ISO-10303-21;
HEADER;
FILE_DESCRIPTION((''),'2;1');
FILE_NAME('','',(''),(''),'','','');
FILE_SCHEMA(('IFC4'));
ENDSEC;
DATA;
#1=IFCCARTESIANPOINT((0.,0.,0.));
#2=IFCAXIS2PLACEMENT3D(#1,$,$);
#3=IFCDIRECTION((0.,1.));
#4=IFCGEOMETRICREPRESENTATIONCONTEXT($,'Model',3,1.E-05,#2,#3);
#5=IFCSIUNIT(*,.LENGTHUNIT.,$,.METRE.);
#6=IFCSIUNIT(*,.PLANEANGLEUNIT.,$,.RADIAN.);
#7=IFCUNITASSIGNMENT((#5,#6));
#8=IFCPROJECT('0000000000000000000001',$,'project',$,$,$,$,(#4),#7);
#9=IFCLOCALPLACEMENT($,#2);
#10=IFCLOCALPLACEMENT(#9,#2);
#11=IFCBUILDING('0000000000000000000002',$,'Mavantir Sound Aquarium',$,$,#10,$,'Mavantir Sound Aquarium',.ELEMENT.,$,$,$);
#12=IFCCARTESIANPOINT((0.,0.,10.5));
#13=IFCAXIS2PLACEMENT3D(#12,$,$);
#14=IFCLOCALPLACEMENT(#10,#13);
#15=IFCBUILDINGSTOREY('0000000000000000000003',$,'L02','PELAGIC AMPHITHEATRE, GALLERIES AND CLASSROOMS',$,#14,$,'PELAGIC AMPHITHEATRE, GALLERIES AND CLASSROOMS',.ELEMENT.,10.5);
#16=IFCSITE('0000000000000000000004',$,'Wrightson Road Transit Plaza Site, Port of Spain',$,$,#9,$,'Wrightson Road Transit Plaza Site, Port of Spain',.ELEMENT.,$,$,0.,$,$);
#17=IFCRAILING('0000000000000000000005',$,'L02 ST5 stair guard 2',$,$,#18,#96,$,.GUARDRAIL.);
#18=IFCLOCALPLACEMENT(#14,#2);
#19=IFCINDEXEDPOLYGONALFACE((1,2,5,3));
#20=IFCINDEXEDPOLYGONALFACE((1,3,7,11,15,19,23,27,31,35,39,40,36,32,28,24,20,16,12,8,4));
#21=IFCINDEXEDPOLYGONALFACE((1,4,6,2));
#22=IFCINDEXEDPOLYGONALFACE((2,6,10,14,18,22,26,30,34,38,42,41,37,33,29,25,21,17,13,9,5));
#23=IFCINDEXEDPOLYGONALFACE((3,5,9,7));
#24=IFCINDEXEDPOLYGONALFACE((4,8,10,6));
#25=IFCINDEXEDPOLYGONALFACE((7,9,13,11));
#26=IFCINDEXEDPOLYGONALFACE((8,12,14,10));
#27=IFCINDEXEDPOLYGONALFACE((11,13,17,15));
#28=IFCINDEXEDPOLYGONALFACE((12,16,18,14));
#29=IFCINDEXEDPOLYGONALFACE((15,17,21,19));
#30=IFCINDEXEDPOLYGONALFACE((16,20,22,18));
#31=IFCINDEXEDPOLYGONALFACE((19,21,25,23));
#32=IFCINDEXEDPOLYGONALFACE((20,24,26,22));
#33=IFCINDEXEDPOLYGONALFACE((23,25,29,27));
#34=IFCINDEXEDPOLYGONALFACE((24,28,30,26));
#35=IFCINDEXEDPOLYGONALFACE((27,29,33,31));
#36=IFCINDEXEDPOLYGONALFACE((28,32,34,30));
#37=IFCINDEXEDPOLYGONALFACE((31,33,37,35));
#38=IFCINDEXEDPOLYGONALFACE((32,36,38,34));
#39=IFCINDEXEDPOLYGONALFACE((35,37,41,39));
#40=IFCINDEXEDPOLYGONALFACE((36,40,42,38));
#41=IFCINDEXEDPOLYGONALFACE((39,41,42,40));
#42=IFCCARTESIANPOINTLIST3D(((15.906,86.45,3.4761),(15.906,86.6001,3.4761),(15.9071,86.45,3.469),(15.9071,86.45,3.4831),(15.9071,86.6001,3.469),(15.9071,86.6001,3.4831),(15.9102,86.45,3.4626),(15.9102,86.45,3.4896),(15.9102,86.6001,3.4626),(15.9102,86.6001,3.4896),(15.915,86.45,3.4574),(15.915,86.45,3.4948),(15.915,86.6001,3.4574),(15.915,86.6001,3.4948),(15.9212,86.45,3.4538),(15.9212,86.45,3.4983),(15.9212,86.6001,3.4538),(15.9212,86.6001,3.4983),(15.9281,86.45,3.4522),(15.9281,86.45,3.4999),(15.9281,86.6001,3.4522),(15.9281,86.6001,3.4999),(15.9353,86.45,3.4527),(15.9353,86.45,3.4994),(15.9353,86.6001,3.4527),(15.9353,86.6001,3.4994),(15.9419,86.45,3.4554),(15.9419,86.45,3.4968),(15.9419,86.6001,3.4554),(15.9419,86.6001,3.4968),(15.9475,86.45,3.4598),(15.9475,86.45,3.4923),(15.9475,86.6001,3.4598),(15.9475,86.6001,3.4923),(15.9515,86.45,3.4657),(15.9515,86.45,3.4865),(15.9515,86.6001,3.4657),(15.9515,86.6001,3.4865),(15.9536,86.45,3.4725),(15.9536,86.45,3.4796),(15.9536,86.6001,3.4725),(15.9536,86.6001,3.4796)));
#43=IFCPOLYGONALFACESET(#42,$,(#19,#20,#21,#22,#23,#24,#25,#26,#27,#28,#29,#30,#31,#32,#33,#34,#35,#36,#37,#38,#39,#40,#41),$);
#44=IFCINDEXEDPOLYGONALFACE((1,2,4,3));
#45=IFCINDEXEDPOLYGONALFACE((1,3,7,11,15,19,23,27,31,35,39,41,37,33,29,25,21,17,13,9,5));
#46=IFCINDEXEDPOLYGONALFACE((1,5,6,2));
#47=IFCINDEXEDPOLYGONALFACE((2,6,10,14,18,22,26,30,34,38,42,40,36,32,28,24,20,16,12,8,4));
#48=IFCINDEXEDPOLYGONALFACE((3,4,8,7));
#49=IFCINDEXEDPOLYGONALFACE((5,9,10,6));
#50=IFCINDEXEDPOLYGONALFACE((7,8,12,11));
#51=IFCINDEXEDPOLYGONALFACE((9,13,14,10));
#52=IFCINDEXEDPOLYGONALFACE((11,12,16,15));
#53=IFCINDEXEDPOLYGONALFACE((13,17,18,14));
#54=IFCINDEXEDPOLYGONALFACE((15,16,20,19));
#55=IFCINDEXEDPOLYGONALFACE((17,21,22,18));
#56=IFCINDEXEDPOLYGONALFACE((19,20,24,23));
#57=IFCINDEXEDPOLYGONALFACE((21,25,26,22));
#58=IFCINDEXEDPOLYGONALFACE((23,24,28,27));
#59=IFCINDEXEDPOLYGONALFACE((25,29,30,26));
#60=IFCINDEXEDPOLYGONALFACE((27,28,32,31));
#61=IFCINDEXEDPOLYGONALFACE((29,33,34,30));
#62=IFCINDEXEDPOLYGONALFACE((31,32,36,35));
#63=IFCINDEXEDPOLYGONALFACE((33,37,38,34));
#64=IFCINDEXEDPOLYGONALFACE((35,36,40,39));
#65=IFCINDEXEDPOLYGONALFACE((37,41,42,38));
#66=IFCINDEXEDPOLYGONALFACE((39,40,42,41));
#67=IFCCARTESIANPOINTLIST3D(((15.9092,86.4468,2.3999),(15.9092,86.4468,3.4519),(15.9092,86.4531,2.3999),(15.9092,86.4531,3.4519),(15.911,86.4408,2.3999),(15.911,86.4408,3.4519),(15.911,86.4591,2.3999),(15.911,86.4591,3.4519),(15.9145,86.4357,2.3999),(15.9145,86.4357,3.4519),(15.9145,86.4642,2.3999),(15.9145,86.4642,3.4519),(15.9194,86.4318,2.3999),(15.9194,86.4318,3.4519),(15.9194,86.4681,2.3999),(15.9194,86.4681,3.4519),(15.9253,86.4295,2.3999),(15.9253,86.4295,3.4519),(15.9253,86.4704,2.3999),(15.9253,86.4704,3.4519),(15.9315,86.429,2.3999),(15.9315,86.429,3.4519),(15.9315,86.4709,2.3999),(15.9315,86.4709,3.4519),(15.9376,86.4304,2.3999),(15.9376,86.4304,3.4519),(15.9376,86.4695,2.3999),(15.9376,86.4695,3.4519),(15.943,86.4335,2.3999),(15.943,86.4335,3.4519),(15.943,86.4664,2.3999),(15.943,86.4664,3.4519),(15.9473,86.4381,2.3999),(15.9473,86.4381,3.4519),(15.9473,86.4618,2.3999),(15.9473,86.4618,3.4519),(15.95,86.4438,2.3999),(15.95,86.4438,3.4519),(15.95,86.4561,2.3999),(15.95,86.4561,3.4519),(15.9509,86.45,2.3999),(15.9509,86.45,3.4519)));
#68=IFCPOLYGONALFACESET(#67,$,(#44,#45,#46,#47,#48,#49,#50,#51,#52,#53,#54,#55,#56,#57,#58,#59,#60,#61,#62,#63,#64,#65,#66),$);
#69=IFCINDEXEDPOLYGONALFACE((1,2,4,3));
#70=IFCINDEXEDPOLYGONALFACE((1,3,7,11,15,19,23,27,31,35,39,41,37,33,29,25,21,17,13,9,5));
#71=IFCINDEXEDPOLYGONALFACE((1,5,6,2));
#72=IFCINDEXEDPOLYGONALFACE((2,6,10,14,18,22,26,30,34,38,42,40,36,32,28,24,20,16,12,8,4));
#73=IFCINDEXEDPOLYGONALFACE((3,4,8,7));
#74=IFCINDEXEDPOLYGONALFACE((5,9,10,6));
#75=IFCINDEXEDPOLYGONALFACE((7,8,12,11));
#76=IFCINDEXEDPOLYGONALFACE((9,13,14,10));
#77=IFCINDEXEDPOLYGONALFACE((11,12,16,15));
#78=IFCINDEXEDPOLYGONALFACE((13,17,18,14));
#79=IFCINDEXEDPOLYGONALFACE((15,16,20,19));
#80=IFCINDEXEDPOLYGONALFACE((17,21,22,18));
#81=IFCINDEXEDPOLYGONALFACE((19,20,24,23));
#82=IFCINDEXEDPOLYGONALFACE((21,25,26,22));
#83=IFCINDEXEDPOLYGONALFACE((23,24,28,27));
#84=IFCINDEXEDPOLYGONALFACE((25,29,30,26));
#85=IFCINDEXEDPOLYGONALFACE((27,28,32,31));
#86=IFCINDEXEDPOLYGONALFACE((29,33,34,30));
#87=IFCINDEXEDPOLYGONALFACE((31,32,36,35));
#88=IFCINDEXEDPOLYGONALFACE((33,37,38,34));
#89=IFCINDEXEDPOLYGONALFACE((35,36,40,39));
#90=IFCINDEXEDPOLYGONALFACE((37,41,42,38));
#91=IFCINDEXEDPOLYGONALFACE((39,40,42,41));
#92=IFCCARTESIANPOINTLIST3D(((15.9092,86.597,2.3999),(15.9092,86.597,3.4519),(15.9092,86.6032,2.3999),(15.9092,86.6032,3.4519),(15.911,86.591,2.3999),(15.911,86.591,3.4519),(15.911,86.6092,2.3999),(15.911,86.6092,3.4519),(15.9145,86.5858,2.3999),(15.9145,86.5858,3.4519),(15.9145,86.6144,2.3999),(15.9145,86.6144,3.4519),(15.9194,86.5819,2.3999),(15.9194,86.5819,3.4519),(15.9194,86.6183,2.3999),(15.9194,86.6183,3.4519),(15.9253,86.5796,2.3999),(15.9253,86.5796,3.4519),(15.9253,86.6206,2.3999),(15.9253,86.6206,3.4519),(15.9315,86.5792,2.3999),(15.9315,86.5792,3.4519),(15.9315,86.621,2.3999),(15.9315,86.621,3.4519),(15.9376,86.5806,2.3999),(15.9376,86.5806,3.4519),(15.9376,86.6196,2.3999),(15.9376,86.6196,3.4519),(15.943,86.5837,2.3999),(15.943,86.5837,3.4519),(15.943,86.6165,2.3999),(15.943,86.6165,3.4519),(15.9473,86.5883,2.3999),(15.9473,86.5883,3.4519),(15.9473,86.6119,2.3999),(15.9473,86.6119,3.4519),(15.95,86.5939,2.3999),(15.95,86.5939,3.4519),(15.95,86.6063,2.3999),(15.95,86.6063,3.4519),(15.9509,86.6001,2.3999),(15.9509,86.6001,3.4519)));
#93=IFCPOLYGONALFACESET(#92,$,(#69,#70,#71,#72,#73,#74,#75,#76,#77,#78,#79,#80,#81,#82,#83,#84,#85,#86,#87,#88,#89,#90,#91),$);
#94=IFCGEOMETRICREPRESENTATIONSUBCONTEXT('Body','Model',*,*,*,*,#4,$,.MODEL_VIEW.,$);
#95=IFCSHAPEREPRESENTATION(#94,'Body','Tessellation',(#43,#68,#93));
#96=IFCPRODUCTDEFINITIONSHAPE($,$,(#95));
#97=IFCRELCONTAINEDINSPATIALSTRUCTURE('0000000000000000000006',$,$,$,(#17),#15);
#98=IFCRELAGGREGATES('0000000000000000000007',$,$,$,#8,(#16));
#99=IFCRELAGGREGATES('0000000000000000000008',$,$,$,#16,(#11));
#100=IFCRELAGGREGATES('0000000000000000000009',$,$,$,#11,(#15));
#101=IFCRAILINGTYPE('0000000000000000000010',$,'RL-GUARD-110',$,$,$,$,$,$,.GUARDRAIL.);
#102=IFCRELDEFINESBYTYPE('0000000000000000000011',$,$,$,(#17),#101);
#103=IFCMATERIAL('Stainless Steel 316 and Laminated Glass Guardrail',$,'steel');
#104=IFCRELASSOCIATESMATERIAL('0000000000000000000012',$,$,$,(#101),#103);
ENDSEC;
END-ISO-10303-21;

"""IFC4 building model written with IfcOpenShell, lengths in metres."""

from ifc_helpers import new_model, si_unit, direction, frame, origin, origin_2d, place, context, subcontext, project, spatial, circle, extrude, material, type_object, element, save


model = new_model("IFC4")

# Units and contexts
model_context = context("Model", 3, precision=1e-05, world=origin(), true_north=direction((0.0, 1.0)))
body_context = subcontext(model_context, "Body", "Model", "MODEL_VIEW")
ifc_project = project(units=[si_unit("LENGTHUNIT", "METRE"), si_unit("PLANEANGLEUNIT", "RADIAN")], contexts=[model_context])

# Site, building, storey
site_placement = place(None, origin())
site = spatial("IfcSite", under=ifc_project, at=site_placement, Name="Wrightson Road Transit Plaza Site, Port of Spain", LongName="Wrightson Road Transit Plaza Site, Port of Spain", CompositionType="ELEMENT", RefElevation=0.0)
building_placement = place(site_placement, origin())
building = spatial("IfcBuilding", under=site, at=building_placement, Name="Mavantir Sound Aquarium", LongName="Mavantir Sound Aquarium", CompositionType="ELEMENT")
storey_placement = place(building_placement, frame((0.0, 0.0, 10.5)))
storey = spatial("IfcBuildingStorey", under=building, at=storey_placement, Name="L02", Description="PELAGIC AMPHITHEATRE, GALLERIES AND CLASSROOMS", LongName="PELAGIC AMPHITHEATRE, GALLERIES AND CLASSROOMS", CompositionType="ELEMENT", Elevation=10.5)

# Railing
ifc_material_1 = material(Name="Stainless Steel 316 and Laminated Glass Guardrail", Category="steel")
railing_type_1 = type_object("IfcRailingType", Name="RL-GUARD-110", PredefinedType="GUARDRAIL", material=ifc_material_1)
railing_1_placement = place(storey_placement, frame((15.9299, 86.45, 2.3999)))
element("IfcRailing", 1, at=railing_1_placement, inside=storey, type_object=railing_type_1, Name="L02 ST5 stair guard 2", PredefinedType="GUARDRAIL", context=body_context, shape_type="SweptSolid", body=[
    extrude(circle(Radius=0.0239, at=origin_2d()), frame((0.0, 0.0, 1.0762), z_axis=(0.0, 1.0, 0.0), x_axis=(-1.0, 0.0, 0.0)), (0.0, 0.0, 1.0), 0.1501),
    extrude(circle(Radius=0.021, at=origin_2d()), origin(), (0.0, 0.0, 1.0), 1.052),
    extrude(circle(Radius=0.021, at=origin_2d()), frame((0.0, 0.1501, 0.0)), (0.0, 0.0, 1.0), 1.052),
])

save(model, "model.ifc")
